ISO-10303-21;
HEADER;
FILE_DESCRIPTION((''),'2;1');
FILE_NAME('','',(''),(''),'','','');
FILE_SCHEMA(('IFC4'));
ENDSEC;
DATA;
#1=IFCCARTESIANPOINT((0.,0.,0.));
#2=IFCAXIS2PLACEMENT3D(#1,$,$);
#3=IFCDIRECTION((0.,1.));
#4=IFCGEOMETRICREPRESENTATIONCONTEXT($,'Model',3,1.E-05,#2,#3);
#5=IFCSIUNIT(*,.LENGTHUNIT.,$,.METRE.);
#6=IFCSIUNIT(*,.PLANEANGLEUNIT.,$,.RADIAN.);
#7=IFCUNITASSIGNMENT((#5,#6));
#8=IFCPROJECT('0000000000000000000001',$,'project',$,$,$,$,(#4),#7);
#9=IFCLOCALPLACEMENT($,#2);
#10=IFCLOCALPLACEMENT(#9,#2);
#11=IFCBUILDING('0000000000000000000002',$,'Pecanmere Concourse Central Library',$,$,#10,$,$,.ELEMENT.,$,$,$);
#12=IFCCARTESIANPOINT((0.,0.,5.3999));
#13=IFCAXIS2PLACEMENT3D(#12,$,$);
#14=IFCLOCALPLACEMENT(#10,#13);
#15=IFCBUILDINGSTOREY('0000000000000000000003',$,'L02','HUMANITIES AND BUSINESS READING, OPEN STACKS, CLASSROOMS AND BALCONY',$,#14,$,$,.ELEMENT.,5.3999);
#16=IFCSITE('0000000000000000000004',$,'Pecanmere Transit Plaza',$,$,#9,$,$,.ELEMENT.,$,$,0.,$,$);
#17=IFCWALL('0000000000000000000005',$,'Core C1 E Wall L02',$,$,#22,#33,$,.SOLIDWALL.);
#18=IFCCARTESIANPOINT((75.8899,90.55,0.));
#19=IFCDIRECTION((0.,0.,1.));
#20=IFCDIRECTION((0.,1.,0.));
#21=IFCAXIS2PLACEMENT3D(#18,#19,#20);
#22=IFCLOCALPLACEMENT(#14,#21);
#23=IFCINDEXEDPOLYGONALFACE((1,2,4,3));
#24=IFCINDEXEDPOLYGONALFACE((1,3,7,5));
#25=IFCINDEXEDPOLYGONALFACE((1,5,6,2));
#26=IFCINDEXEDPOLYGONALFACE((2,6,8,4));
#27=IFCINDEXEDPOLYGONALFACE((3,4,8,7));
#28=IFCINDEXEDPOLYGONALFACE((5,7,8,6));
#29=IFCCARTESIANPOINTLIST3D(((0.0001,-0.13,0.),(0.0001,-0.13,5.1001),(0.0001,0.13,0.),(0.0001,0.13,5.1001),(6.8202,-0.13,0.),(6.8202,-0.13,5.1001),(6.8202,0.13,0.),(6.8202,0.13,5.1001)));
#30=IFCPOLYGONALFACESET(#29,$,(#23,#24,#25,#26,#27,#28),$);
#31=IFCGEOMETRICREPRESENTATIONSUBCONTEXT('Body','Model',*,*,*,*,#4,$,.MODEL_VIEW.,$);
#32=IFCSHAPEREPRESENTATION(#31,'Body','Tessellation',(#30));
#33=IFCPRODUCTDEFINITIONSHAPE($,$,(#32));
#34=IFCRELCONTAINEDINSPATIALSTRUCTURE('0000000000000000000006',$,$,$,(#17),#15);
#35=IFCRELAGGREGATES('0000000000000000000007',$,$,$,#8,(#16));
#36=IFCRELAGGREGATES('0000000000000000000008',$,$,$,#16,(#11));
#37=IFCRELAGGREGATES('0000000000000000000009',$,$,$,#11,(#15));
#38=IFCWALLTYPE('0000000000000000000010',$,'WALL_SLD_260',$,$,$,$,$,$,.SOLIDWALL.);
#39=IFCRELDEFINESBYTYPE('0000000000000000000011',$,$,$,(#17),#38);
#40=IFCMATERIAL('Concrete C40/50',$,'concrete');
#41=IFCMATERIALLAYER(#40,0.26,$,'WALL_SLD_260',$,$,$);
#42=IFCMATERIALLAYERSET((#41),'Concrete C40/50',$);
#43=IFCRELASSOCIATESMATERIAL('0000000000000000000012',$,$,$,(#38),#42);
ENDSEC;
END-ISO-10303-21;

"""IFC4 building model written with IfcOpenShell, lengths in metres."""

from ifc_helpers import new_model, si_unit, direction, frame, frame_2d, origin, place, context, subcontext, project, spatial, rectangle, extrude, material, layer, layer_set, type_object, element, save


model = new_model("IFC4")

# Units and contexts
model_context = context("Model", 3, precision=1e-05, world=origin(), true_north=direction((0.0, 1.0)))
body_context = subcontext(model_context, "Body", "Model", "MODEL_VIEW")
ifc_project = project(units=[si_unit("LENGTHUNIT", "METRE"), si_unit("PLANEANGLEUNIT", "RADIAN")], contexts=[model_context])

# Site, building, storey
site_placement = place(None, origin())
site = spatial("IfcSite", under=ifc_project, at=site_placement, Name="Pecanmere Transit Plaza", CompositionType="ELEMENT", RefElevation=0.0)
building_placement = place(site_placement, origin())
building = spatial("IfcBuilding", under=site, at=building_placement, Name="Pecanmere Concourse Central Library", CompositionType="ELEMENT")
storey_placement = place(building_placement, frame((0.0, 0.0, 5.3999)))
storey = spatial("IfcBuildingStorey", under=building, at=storey_placement, Name="L02", Description="HUMANITIES AND BUSINESS READING, OPEN STACKS, CLASSROOMS AND BALCONY", CompositionType="ELEMENT", Elevation=5.3999)

# Wall
ifc_material_1 = material(Name="Concrete C40/50", Category="concrete")
ifc_layer_1 = layer(ifc_material_1, 0.26, Name="WALL_SLD_260")
ifc_layer_set_1 = layer_set([ifc_layer_1], Name="Concrete C40/50")
wall_type_1 = type_object("IfcWallType", Name="WALL_SLD_260", PredefinedType="SOLIDWALL", material=ifc_layer_set_1)
wall_1_placement = place(storey_placement, frame((75.8899, 90.55, 0.0), z_axis=(0.0, 0.0, 1.0), x_axis=(0.0, 1.0, 0.0)))
element("IfcWall", 1, at=wall_1_placement, inside=storey, type_object=wall_type_1, Name="Core C1 E Wall L02", PredefinedType="SOLIDWALL", context=body_context, shape_type="SweptSolid", body=[
    extrude(rectangle(XDim=6.8201, YDim=0.26, at=frame_2d((3.4102, 0.0))), origin(), (0.0, 0.0, 1.0), 5.1001),
])

save(model, "model.ifc")
